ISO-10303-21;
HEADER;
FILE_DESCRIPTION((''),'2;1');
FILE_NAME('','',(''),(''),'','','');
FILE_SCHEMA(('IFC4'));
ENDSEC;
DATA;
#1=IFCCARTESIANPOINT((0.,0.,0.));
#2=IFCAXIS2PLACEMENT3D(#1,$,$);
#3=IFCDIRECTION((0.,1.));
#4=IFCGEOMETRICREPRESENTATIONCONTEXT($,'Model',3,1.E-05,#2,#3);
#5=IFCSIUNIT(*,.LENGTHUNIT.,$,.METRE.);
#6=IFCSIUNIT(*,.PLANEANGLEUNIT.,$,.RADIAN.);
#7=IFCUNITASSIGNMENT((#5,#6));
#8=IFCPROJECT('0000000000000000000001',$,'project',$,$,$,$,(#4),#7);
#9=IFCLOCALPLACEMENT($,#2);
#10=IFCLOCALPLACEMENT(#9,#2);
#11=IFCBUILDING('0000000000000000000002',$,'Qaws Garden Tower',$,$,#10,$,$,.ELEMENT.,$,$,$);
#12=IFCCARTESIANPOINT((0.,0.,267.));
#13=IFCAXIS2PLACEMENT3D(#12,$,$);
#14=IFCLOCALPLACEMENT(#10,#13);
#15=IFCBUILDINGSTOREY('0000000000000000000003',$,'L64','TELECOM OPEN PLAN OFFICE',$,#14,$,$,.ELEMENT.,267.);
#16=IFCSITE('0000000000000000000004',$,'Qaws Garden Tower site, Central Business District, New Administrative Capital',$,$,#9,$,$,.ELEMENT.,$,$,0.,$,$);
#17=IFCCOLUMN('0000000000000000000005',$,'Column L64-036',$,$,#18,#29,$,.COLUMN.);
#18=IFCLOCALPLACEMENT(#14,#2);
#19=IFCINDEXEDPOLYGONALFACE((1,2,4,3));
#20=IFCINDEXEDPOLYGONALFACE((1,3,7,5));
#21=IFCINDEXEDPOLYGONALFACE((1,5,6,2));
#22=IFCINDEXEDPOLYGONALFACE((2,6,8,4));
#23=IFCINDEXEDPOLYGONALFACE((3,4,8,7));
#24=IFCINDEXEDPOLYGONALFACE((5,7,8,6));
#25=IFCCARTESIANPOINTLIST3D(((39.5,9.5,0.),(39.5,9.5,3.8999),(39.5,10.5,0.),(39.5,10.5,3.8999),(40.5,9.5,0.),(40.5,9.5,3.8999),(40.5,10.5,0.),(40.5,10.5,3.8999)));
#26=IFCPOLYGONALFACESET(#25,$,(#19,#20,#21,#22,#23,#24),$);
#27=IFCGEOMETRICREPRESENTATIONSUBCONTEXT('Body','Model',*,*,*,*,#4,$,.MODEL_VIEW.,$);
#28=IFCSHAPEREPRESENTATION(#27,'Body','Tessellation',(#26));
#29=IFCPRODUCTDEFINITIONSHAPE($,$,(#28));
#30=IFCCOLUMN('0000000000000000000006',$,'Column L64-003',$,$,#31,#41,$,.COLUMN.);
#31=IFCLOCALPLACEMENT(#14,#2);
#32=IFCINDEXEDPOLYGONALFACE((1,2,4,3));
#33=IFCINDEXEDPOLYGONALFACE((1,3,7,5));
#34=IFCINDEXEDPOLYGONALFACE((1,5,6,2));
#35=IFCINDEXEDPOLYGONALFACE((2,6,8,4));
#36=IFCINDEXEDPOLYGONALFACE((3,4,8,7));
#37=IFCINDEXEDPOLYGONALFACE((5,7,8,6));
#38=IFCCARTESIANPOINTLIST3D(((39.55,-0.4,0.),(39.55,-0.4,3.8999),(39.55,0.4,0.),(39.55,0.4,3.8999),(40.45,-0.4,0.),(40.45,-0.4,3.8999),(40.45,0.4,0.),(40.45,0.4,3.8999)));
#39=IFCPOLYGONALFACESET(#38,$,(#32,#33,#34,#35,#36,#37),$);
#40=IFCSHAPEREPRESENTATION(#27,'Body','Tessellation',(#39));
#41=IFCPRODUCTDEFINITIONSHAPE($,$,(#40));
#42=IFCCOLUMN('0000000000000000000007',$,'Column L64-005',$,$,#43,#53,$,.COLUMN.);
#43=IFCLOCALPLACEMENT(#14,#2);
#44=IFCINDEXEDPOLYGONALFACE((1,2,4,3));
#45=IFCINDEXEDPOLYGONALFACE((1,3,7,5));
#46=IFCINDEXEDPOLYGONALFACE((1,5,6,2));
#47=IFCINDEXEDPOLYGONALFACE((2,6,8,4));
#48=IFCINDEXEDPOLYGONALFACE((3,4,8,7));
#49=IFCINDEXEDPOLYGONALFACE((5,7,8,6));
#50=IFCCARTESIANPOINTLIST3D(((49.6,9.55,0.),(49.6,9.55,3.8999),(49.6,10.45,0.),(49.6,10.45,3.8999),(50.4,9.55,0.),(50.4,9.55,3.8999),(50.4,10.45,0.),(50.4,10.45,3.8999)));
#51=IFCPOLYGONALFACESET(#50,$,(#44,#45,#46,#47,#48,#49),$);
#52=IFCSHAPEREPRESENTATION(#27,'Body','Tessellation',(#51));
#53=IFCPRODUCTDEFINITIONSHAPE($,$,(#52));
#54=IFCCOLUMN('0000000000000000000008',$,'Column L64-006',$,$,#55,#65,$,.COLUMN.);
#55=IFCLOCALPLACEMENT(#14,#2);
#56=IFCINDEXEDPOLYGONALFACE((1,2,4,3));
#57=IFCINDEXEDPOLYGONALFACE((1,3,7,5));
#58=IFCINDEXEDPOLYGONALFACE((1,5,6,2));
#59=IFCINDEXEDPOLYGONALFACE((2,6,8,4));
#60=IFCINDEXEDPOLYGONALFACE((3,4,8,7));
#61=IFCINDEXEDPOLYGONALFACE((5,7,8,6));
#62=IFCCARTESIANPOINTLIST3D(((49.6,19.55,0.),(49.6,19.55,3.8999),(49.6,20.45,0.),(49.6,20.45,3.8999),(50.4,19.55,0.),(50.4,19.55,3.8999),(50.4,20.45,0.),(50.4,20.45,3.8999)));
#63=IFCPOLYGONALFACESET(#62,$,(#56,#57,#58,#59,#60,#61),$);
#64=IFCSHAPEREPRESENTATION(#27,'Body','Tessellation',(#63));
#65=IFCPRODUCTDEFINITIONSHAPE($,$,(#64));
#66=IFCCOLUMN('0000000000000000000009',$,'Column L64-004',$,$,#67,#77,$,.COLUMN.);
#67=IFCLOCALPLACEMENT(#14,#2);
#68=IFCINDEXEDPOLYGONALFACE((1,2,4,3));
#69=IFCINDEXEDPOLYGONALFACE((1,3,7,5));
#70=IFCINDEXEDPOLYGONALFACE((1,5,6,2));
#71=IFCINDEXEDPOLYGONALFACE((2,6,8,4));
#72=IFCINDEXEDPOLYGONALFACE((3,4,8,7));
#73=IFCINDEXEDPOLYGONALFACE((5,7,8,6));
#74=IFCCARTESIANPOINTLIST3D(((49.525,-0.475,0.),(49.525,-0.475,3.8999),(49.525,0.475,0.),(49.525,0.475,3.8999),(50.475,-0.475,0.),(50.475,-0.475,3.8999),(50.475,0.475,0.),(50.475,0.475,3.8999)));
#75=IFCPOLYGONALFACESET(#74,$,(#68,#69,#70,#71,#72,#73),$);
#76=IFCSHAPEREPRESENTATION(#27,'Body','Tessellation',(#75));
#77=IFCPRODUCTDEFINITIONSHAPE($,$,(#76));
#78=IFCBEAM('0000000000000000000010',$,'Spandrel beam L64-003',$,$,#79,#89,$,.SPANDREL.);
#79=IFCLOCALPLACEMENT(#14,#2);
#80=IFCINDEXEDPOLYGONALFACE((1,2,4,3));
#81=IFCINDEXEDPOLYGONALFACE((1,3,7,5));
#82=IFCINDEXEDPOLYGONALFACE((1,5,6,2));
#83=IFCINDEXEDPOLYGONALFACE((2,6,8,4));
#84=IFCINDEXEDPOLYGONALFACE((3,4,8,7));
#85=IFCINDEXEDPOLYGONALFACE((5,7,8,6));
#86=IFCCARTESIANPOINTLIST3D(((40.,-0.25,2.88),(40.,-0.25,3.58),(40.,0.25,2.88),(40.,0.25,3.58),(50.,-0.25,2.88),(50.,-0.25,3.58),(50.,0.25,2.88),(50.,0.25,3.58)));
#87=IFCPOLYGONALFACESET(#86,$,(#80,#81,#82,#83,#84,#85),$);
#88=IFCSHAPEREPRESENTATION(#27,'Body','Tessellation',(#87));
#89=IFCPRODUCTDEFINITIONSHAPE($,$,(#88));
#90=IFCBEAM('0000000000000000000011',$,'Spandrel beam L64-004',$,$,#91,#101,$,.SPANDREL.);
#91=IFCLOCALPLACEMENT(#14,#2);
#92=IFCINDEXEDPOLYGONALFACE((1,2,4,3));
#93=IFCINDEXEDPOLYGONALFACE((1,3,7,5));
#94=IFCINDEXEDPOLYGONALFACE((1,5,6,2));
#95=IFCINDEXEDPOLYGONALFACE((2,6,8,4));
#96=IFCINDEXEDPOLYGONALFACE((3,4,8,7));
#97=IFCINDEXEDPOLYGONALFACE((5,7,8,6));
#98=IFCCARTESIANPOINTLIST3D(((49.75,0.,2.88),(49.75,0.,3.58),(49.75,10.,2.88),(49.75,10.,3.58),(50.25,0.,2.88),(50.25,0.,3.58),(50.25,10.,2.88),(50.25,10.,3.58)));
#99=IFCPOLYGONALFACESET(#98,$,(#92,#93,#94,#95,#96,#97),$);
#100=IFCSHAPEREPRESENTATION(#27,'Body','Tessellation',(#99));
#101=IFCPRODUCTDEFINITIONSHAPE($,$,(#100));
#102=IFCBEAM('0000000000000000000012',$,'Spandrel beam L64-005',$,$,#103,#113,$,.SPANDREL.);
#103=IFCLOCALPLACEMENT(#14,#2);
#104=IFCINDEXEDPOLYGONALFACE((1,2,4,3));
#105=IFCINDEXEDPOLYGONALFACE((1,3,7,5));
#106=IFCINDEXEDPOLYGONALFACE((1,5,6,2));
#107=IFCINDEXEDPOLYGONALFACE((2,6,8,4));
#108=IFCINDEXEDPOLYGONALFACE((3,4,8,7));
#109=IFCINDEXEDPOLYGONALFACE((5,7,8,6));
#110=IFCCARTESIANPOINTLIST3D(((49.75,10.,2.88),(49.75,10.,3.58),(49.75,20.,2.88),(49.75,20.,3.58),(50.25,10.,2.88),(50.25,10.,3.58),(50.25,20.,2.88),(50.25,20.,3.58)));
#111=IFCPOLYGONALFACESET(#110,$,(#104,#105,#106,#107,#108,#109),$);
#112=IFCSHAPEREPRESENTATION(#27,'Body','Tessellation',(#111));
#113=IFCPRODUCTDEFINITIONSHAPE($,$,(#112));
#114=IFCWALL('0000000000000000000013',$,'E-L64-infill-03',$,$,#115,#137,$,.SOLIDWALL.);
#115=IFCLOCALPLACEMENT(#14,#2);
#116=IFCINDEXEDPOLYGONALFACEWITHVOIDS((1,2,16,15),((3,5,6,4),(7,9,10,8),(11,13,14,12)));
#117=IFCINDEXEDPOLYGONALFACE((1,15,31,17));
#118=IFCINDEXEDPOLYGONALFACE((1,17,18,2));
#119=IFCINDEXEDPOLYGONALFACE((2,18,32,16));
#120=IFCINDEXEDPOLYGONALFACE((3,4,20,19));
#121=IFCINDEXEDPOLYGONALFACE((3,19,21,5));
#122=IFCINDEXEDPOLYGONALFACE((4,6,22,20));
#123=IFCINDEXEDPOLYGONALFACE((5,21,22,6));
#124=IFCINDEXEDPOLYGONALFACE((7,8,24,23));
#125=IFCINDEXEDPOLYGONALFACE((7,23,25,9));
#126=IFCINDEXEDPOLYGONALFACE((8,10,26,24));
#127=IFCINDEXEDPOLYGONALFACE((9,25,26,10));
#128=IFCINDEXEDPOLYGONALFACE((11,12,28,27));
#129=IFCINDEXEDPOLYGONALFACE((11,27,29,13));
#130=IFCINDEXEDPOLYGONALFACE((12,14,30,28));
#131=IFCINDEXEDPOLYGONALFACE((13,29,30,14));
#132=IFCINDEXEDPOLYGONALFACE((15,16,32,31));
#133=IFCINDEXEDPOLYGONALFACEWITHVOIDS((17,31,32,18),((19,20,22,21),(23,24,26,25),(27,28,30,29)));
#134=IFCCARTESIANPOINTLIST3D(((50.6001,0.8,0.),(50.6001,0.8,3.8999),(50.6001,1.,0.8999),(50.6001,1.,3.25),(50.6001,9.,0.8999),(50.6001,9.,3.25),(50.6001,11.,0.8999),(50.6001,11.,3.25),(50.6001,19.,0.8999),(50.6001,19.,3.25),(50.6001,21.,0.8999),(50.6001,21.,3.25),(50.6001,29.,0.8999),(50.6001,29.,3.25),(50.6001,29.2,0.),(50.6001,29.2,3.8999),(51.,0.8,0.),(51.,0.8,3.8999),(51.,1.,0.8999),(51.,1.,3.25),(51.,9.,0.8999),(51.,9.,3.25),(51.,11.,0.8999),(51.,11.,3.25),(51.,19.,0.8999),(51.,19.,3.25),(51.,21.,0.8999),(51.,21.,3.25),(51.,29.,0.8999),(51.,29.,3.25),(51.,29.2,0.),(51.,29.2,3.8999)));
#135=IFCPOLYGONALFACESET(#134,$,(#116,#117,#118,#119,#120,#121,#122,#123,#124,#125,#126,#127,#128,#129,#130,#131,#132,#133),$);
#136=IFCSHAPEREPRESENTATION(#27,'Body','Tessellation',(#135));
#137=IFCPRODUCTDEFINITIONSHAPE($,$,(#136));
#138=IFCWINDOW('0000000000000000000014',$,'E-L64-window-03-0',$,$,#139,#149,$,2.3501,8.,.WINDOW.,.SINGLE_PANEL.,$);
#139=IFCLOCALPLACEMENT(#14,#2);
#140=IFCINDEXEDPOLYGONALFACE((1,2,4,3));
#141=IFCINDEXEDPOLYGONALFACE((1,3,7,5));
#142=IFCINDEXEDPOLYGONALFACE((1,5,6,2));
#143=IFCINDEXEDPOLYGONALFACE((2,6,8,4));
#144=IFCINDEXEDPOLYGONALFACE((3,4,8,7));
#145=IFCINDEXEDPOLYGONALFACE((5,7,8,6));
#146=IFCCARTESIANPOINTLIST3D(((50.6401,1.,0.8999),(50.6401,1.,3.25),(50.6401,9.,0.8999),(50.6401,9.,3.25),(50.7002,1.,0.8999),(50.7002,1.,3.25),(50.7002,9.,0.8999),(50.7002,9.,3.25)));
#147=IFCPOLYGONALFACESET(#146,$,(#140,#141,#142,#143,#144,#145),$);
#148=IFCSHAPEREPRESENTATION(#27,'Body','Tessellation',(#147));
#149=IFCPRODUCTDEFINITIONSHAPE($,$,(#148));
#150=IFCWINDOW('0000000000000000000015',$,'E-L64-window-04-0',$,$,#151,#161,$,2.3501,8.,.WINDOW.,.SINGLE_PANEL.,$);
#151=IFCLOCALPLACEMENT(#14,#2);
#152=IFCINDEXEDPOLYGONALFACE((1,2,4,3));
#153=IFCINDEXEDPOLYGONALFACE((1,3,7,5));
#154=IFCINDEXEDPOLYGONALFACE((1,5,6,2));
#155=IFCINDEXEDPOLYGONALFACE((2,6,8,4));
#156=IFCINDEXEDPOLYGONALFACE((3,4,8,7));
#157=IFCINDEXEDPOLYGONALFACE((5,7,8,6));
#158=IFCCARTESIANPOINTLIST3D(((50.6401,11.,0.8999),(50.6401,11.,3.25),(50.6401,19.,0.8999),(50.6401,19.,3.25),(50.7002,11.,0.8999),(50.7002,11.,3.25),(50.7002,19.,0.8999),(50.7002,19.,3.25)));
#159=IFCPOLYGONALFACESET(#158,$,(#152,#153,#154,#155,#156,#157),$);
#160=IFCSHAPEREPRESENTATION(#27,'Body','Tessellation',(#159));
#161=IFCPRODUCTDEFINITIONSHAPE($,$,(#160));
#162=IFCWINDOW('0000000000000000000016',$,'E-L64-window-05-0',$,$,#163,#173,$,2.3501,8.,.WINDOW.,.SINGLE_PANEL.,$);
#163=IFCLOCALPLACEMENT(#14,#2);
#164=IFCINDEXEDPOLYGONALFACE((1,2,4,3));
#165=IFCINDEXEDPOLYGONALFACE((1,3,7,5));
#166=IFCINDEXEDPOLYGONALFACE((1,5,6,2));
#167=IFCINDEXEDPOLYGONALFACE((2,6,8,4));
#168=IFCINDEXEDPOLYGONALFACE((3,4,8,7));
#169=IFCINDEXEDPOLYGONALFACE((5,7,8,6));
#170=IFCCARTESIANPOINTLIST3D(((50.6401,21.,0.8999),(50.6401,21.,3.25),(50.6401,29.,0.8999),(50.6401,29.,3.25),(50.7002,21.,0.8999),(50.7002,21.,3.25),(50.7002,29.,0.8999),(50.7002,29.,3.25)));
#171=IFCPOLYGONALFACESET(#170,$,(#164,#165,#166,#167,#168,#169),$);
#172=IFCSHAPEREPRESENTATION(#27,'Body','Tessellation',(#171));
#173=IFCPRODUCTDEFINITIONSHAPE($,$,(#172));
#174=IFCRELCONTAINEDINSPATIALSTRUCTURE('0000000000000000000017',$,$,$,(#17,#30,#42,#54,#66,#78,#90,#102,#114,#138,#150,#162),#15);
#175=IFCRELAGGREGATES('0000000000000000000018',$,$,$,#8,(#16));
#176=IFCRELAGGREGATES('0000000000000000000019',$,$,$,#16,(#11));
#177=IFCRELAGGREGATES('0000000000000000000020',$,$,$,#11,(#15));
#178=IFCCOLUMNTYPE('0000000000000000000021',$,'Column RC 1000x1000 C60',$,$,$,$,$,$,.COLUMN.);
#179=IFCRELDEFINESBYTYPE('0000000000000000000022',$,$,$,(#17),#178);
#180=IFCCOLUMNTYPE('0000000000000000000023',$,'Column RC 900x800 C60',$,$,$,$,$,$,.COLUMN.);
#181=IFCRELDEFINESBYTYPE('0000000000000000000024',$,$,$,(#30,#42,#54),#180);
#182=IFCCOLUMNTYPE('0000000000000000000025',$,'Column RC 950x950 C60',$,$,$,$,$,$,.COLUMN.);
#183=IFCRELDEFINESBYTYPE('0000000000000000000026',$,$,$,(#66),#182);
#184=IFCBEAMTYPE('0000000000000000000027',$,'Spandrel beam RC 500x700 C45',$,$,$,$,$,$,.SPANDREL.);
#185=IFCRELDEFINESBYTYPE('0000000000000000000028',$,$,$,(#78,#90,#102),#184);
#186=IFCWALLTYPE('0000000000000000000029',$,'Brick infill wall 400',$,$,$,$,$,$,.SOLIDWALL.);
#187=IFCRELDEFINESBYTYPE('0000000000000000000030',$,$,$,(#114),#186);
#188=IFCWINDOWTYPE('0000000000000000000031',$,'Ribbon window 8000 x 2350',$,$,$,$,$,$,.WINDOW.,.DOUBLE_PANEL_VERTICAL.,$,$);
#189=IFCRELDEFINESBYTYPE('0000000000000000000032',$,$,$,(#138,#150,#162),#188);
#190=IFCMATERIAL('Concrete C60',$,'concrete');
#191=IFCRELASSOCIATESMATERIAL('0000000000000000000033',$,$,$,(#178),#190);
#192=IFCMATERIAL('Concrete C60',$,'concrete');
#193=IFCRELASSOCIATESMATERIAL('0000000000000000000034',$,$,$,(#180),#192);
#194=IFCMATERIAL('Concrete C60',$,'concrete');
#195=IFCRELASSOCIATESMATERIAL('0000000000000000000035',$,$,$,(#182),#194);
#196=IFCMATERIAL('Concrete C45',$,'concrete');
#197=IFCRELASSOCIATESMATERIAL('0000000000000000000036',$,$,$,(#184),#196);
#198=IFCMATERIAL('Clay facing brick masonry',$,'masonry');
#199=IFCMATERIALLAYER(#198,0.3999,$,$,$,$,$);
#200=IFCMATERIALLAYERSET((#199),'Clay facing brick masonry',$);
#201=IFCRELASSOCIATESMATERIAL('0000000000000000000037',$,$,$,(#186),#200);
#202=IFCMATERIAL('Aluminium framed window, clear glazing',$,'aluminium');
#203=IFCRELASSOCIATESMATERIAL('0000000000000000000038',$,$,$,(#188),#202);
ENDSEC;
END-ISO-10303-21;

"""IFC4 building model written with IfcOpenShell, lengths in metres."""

from ifc_helpers import new_model, si_unit, direction, frame, frame_2d, origin, origin_2d, place, context, subcontext, project, spatial, rectangle, extrude, material, layer, layer_set, material_profile, profile_set, type_object, element, fill, save


model = new_model("IFC4")

# Units and contexts
model_context = context("Model", 3, precision=1e-05, world=origin(), true_north=direction((0.0, 1.0)))
body_context = subcontext(model_context, "Body", "Model", "MODEL_VIEW")
ifc_project = project(units=[si_unit("LENGTHUNIT", "METRE"), si_unit("PLANEANGLEUNIT", "RADIAN")], contexts=[model_context])

# Site, building, storey
site_placement = place(None, origin())
site = spatial("IfcSite", under=ifc_project, at=site_placement, Name="Qaws Garden Tower site, Central Business District, New Administrative Capital", CompositionType="ELEMENT", RefElevation=0.0)
building_placement = place(site_placement, origin())
building = spatial("IfcBuilding", under=site, at=building_placement, Name="Qaws Garden Tower", CompositionType="ELEMENT")
storey_placement = place(building_placement, frame((0.0, 0.0, 267.0)))
storey = spatial("IfcBuildingStorey", under=building, at=storey_placement, Name="L64", Description="TELECOM OPEN PLAN OFFICE", CompositionType="ELEMENT", Elevation=267.0)

# Columns
ifc_material_1 = material(Name="Concrete C60", Category="concrete")
ifc_material_profile_1 = material_profile(ifc_material_1, rectangle(XDim=1.0, YDim=1.0, at=origin_2d()), Name="RC 1000x1000")
ifc_profile_set_1 = profile_set([ifc_material_profile_1], Name="Concrete C60")
column_type_1 = type_object("IfcColumnType", Name="Column RC 1000x1000 C60", PredefinedType="COLUMN", material=ifc_profile_set_1)
column_1_placement = place(storey_placement, frame((40.0, 10.0, 0.0), z_axis=(0.0, 0.0, 1.0), x_axis=(1.0, 0.0, 0.0)))
element("IfcColumn", 1, at=column_1_placement, inside=storey, type_object=column_type_1, Name="Column L64-036", PredefinedType="COLUMN", context=body_context, shape_type="SweptSolid", body=[
    extrude(rectangle(XDim=1.0, YDim=1.0, at=origin_2d()), origin(), (0.0, 0.0, 1.0), 3.8999),
])
ifc_material_2 = material(Name="Concrete C60", Category="concrete")
ifc_material_profile_2 = material_profile(ifc_material_2, rectangle(XDim=0.8999, YDim=0.8, at=origin_2d()), Name="RC 900x800")
ifc_profile_set_2 = profile_set([ifc_material_profile_2], Name="Concrete C60")
column_type_2 = type_object("IfcColumnType", Name="Column RC 900x800 C60", PredefinedType="COLUMN", material=ifc_profile_set_2)
for number, where, z_axis, x_axis, name in (
    (2, (40.0, 0.0, 0.0), (0.0, 0.0, 1.0), (1.0, 0.0, 0.0), "Column L64-003"),
    (3, (50.0, 10.0, 0.0), (0.0, 0.0, 1.0), (0.0, 1.0, 0.0), "Column L64-005"),
    (4, (50.0, 20.0, 0.0), (0.0, 0.0, 1.0), (0.0, 1.0, 0.0), "Column L64-006"),
):
    element("IfcColumn", number, at=place(storey_placement, frame(where, z_axis=z_axis, x_axis=x_axis)), inside=storey, type_object=column_type_2, Name=name, PredefinedType="COLUMN", context=body_context, shape_type="SweptSolid", body=[
        extrude(rectangle(XDim=0.8999, YDim=0.8, at=origin_2d()), origin(), (0.0, 0.0, 1.0), 3.8999),
    ])
ifc_material_3 = material(Name="Concrete C60", Category="concrete")
ifc_material_profile_3 = material_profile(ifc_material_3, rectangle(XDim=0.95, YDim=0.95, at=origin_2d()), Name="RC 950x950")
ifc_profile_set_3 = profile_set([ifc_material_profile_3], Name="Concrete C60")
column_type_3 = type_object("IfcColumnType", Name="Column RC 950x950 C60", PredefinedType="COLUMN", material=ifc_profile_set_3)
column_2_placement = place(storey_placement, frame((50.0, 0.0, 0.0), z_axis=(0.0, 0.0, 1.0), x_axis=(1.0, 0.0, 0.0)))
element("IfcColumn", 5, at=column_2_placement, inside=storey, type_object=column_type_3, Name="Column L64-004", PredefinedType="COLUMN", context=body_context, shape_type="SweptSolid", body=[
    extrude(rectangle(XDim=0.95, YDim=0.95, at=origin_2d()), origin(), (0.0, 0.0, 1.0), 3.8999),
])

# Beams
ifc_material_4 = material(Name="Concrete C45", Category="concrete")
ifc_material_profile_4 = material_profile(ifc_material_4, rectangle(XDim=0.5, YDim=0.7, at=origin_2d()), Name="RC 500x700")
ifc_profile_set_4 = profile_set([ifc_material_profile_4], Name="Concrete C45")
beam_type = type_object("IfcBeamType", Name="Spandrel beam RC 500x700 C45", PredefinedType="SPANDREL", material=ifc_profile_set_4)
for number, where, z_axis, x_axis, name in (
    (6, (40.0, 0.0, 3.23), (1.0, 0.0, 0.0), (0.0, 1.0, 0.0), "Spandrel beam L64-003"),
    (7, (50.0, 0.0, 3.23), (0.0, 1.0, 0.0), (-1.0, 0.0, 0.0), "Spandrel beam L64-004"),
    (8, (50.0, 10.0, 3.23), (0.0, 1.0, 0.0), (-1.0, 0.0, 0.0), "Spandrel beam L64-005"),
):
    element("IfcBeam", number, at=place(storey_placement, frame(where, z_axis=z_axis, x_axis=x_axis)), inside=storey, type_object=beam_type, Name=name, PredefinedType="SPANDREL", context=body_context, shape_type="SweptSolid", body=[
        extrude(rectangle(XDim=0.5, YDim=0.7, at=origin_2d()), origin(), (0.0, 0.0, 1.0), 10.0),
    ])

# Wall, openings, windows
ifc_material_5 = material(Name="Clay facing brick masonry", Category="masonry")
ifc_layer_1 = layer(ifc_material_5, 0.3999)
ifc_layer_set_1 = layer_set([ifc_layer_1], Name="Clay facing brick masonry")
wall_type_1 = type_object("IfcWallType", Name="Brick infill wall 400", PredefinedType="SOLIDWALL", material=ifc_layer_set_1)
wall_1_placement = place(storey_placement, frame((50.8, 0.8, 0.0), z_axis=(0.0, 0.0, 1.0), x_axis=(0.0, 1.0, 0.0)))
wall_1 = element("IfcWall", 9, at=wall_1_placement, inside=storey, type_object=wall_type_1, Name="E-L64-infill-03", PredefinedType="SOLIDWALL", context=body_context, shape_type="SweptSolid", body=[
    extrude(rectangle(XDim=28.3999, YDim=0.3999, at=frame_2d((14.2, 0.0))), origin(), (0.0, 0.0, 1.0), 3.8999),
])
opening_1_placement = place(wall_1_placement, frame((0.2, 0.0, 0.8999)))
opening_1 = element("IfcOpeningElement", 10, at=opening_1_placement, cuts=wall_1, PredefinedType="OPENING", context=body_context, shape_type="SweptSolid", body=[
    extrude(rectangle(XDim=8.0, YDim=2.3501, at=frame_2d((4.0, 1.175))), frame((0.0, 0.21, 0.0), z_axis=(0.0, -1.0, 0.0), x_axis=(1.0, 0.0, 0.0)), (0.0, 0.0, 1.0), 0.4199),
])
opening_2_placement = place(wall_1_placement, frame((10.2, 0.0, 0.8999)))
opening_2 = element("IfcOpeningElement", 11, at=opening_2_placement, cuts=wall_1, PredefinedType="OPENING", context=body_context, shape_type="SweptSolid", body=[
    extrude(rectangle(XDim=8.0, YDim=2.3501, at=frame_2d((4.0, 1.175))), frame((0.0, 0.21, 0.0), z_axis=(0.0, -1.0, 0.0), x_axis=(1.0, 0.0, 0.0)), (0.0, 0.0, 1.0), 0.4199),
])
opening_3_placement = place(wall_1_placement, frame((20.2, 0.0, 0.8999)))
opening_3 = element("IfcOpeningElement", 12, at=opening_3_placement, cuts=wall_1, PredefinedType="OPENING", context=body_context, shape_type="SweptSolid", body=[
    extrude(rectangle(XDim=8.0, YDim=2.3501, at=frame_2d((4.0, 1.175))), frame((0.0, 0.21, 0.0), z_axis=(0.0, -1.0, 0.0), x_axis=(1.0, 0.0, 0.0)), (0.0, 0.0, 1.0), 0.4199),
])
ifc_material_6 = material(Name="Aluminium framed window, clear glazing", Category="aluminium")
window_type = type_object("IfcWindowType", Name="Ribbon window 8000 x 2350", PartitioningType="DOUBLE_PANEL_VERTICAL", PredefinedType="WINDOW", material=ifc_material_6)
window_1_placement = place(opening_1_placement, origin())
window_1 = element("IfcWindow", 13, at=window_1_placement, inside=storey, type_object=window_type, Name="E-L64-window-03-0", OverallHeight=2.3501, OverallWidth=8.0, PartitioningType="SINGLE_PANEL", PredefinedType="WINDOW", context=body_context, shape_type="SweptSolid", body=[
    extrude(rectangle(XDim=8.0, YDim=2.3501, at=frame_2d((4.0, 1.175))), frame((0.0, 0.1599, 0.0), z_axis=(0.0, -1.0, 0.0), x_axis=(1.0, 0.0, 0.0)), (0.0, 0.0, 1.0), 0.0601),
])
fill(opening_1, window_1)
window_2_placement = place(opening_2_placement, origin())
window_2 = element("IfcWindow", 14, at=window_2_placement, inside=storey, type_object=window_type, Name="E-L64-window-04-0", OverallHeight=2.3501, OverallWidth=8.0, PartitioningType="SINGLE_PANEL", PredefinedType="WINDOW", context=body_context, shape_type="SweptSolid", body=[
    extrude(rectangle(XDim=8.0, YDim=2.3501, at=frame_2d((4.0, 1.175))), frame((0.0, 0.1599, 0.0), z_axis=(0.0, -1.0, 0.0), x_axis=(1.0, 0.0, 0.0)), (0.0, 0.0, 1.0), 0.0601),
])
fill(opening_2, window_2)
window_3_placement = place(opening_3_placement, origin())
window_3 = element("IfcWindow", 15, at=window_3_placement, inside=storey, type_object=window_type, Name="E-L64-window-05-0", OverallHeight=2.3501, OverallWidth=8.0, PartitioningType="SINGLE_PANEL", PredefinedType="WINDOW", context=body_context, shape_type="SweptSolid", body=[
    extrude(rectangle(XDim=8.0, YDim=2.3501, at=frame_2d((4.0, 1.175))), frame((0.0, 0.1599, 0.0), z_axis=(0.0, -1.0, 0.0), x_axis=(1.0, 0.0, 0.0)), (0.0, 0.0, 1.0), 0.0601),
])
fill(opening_3, window_3)

save(model, "model.ifc")
